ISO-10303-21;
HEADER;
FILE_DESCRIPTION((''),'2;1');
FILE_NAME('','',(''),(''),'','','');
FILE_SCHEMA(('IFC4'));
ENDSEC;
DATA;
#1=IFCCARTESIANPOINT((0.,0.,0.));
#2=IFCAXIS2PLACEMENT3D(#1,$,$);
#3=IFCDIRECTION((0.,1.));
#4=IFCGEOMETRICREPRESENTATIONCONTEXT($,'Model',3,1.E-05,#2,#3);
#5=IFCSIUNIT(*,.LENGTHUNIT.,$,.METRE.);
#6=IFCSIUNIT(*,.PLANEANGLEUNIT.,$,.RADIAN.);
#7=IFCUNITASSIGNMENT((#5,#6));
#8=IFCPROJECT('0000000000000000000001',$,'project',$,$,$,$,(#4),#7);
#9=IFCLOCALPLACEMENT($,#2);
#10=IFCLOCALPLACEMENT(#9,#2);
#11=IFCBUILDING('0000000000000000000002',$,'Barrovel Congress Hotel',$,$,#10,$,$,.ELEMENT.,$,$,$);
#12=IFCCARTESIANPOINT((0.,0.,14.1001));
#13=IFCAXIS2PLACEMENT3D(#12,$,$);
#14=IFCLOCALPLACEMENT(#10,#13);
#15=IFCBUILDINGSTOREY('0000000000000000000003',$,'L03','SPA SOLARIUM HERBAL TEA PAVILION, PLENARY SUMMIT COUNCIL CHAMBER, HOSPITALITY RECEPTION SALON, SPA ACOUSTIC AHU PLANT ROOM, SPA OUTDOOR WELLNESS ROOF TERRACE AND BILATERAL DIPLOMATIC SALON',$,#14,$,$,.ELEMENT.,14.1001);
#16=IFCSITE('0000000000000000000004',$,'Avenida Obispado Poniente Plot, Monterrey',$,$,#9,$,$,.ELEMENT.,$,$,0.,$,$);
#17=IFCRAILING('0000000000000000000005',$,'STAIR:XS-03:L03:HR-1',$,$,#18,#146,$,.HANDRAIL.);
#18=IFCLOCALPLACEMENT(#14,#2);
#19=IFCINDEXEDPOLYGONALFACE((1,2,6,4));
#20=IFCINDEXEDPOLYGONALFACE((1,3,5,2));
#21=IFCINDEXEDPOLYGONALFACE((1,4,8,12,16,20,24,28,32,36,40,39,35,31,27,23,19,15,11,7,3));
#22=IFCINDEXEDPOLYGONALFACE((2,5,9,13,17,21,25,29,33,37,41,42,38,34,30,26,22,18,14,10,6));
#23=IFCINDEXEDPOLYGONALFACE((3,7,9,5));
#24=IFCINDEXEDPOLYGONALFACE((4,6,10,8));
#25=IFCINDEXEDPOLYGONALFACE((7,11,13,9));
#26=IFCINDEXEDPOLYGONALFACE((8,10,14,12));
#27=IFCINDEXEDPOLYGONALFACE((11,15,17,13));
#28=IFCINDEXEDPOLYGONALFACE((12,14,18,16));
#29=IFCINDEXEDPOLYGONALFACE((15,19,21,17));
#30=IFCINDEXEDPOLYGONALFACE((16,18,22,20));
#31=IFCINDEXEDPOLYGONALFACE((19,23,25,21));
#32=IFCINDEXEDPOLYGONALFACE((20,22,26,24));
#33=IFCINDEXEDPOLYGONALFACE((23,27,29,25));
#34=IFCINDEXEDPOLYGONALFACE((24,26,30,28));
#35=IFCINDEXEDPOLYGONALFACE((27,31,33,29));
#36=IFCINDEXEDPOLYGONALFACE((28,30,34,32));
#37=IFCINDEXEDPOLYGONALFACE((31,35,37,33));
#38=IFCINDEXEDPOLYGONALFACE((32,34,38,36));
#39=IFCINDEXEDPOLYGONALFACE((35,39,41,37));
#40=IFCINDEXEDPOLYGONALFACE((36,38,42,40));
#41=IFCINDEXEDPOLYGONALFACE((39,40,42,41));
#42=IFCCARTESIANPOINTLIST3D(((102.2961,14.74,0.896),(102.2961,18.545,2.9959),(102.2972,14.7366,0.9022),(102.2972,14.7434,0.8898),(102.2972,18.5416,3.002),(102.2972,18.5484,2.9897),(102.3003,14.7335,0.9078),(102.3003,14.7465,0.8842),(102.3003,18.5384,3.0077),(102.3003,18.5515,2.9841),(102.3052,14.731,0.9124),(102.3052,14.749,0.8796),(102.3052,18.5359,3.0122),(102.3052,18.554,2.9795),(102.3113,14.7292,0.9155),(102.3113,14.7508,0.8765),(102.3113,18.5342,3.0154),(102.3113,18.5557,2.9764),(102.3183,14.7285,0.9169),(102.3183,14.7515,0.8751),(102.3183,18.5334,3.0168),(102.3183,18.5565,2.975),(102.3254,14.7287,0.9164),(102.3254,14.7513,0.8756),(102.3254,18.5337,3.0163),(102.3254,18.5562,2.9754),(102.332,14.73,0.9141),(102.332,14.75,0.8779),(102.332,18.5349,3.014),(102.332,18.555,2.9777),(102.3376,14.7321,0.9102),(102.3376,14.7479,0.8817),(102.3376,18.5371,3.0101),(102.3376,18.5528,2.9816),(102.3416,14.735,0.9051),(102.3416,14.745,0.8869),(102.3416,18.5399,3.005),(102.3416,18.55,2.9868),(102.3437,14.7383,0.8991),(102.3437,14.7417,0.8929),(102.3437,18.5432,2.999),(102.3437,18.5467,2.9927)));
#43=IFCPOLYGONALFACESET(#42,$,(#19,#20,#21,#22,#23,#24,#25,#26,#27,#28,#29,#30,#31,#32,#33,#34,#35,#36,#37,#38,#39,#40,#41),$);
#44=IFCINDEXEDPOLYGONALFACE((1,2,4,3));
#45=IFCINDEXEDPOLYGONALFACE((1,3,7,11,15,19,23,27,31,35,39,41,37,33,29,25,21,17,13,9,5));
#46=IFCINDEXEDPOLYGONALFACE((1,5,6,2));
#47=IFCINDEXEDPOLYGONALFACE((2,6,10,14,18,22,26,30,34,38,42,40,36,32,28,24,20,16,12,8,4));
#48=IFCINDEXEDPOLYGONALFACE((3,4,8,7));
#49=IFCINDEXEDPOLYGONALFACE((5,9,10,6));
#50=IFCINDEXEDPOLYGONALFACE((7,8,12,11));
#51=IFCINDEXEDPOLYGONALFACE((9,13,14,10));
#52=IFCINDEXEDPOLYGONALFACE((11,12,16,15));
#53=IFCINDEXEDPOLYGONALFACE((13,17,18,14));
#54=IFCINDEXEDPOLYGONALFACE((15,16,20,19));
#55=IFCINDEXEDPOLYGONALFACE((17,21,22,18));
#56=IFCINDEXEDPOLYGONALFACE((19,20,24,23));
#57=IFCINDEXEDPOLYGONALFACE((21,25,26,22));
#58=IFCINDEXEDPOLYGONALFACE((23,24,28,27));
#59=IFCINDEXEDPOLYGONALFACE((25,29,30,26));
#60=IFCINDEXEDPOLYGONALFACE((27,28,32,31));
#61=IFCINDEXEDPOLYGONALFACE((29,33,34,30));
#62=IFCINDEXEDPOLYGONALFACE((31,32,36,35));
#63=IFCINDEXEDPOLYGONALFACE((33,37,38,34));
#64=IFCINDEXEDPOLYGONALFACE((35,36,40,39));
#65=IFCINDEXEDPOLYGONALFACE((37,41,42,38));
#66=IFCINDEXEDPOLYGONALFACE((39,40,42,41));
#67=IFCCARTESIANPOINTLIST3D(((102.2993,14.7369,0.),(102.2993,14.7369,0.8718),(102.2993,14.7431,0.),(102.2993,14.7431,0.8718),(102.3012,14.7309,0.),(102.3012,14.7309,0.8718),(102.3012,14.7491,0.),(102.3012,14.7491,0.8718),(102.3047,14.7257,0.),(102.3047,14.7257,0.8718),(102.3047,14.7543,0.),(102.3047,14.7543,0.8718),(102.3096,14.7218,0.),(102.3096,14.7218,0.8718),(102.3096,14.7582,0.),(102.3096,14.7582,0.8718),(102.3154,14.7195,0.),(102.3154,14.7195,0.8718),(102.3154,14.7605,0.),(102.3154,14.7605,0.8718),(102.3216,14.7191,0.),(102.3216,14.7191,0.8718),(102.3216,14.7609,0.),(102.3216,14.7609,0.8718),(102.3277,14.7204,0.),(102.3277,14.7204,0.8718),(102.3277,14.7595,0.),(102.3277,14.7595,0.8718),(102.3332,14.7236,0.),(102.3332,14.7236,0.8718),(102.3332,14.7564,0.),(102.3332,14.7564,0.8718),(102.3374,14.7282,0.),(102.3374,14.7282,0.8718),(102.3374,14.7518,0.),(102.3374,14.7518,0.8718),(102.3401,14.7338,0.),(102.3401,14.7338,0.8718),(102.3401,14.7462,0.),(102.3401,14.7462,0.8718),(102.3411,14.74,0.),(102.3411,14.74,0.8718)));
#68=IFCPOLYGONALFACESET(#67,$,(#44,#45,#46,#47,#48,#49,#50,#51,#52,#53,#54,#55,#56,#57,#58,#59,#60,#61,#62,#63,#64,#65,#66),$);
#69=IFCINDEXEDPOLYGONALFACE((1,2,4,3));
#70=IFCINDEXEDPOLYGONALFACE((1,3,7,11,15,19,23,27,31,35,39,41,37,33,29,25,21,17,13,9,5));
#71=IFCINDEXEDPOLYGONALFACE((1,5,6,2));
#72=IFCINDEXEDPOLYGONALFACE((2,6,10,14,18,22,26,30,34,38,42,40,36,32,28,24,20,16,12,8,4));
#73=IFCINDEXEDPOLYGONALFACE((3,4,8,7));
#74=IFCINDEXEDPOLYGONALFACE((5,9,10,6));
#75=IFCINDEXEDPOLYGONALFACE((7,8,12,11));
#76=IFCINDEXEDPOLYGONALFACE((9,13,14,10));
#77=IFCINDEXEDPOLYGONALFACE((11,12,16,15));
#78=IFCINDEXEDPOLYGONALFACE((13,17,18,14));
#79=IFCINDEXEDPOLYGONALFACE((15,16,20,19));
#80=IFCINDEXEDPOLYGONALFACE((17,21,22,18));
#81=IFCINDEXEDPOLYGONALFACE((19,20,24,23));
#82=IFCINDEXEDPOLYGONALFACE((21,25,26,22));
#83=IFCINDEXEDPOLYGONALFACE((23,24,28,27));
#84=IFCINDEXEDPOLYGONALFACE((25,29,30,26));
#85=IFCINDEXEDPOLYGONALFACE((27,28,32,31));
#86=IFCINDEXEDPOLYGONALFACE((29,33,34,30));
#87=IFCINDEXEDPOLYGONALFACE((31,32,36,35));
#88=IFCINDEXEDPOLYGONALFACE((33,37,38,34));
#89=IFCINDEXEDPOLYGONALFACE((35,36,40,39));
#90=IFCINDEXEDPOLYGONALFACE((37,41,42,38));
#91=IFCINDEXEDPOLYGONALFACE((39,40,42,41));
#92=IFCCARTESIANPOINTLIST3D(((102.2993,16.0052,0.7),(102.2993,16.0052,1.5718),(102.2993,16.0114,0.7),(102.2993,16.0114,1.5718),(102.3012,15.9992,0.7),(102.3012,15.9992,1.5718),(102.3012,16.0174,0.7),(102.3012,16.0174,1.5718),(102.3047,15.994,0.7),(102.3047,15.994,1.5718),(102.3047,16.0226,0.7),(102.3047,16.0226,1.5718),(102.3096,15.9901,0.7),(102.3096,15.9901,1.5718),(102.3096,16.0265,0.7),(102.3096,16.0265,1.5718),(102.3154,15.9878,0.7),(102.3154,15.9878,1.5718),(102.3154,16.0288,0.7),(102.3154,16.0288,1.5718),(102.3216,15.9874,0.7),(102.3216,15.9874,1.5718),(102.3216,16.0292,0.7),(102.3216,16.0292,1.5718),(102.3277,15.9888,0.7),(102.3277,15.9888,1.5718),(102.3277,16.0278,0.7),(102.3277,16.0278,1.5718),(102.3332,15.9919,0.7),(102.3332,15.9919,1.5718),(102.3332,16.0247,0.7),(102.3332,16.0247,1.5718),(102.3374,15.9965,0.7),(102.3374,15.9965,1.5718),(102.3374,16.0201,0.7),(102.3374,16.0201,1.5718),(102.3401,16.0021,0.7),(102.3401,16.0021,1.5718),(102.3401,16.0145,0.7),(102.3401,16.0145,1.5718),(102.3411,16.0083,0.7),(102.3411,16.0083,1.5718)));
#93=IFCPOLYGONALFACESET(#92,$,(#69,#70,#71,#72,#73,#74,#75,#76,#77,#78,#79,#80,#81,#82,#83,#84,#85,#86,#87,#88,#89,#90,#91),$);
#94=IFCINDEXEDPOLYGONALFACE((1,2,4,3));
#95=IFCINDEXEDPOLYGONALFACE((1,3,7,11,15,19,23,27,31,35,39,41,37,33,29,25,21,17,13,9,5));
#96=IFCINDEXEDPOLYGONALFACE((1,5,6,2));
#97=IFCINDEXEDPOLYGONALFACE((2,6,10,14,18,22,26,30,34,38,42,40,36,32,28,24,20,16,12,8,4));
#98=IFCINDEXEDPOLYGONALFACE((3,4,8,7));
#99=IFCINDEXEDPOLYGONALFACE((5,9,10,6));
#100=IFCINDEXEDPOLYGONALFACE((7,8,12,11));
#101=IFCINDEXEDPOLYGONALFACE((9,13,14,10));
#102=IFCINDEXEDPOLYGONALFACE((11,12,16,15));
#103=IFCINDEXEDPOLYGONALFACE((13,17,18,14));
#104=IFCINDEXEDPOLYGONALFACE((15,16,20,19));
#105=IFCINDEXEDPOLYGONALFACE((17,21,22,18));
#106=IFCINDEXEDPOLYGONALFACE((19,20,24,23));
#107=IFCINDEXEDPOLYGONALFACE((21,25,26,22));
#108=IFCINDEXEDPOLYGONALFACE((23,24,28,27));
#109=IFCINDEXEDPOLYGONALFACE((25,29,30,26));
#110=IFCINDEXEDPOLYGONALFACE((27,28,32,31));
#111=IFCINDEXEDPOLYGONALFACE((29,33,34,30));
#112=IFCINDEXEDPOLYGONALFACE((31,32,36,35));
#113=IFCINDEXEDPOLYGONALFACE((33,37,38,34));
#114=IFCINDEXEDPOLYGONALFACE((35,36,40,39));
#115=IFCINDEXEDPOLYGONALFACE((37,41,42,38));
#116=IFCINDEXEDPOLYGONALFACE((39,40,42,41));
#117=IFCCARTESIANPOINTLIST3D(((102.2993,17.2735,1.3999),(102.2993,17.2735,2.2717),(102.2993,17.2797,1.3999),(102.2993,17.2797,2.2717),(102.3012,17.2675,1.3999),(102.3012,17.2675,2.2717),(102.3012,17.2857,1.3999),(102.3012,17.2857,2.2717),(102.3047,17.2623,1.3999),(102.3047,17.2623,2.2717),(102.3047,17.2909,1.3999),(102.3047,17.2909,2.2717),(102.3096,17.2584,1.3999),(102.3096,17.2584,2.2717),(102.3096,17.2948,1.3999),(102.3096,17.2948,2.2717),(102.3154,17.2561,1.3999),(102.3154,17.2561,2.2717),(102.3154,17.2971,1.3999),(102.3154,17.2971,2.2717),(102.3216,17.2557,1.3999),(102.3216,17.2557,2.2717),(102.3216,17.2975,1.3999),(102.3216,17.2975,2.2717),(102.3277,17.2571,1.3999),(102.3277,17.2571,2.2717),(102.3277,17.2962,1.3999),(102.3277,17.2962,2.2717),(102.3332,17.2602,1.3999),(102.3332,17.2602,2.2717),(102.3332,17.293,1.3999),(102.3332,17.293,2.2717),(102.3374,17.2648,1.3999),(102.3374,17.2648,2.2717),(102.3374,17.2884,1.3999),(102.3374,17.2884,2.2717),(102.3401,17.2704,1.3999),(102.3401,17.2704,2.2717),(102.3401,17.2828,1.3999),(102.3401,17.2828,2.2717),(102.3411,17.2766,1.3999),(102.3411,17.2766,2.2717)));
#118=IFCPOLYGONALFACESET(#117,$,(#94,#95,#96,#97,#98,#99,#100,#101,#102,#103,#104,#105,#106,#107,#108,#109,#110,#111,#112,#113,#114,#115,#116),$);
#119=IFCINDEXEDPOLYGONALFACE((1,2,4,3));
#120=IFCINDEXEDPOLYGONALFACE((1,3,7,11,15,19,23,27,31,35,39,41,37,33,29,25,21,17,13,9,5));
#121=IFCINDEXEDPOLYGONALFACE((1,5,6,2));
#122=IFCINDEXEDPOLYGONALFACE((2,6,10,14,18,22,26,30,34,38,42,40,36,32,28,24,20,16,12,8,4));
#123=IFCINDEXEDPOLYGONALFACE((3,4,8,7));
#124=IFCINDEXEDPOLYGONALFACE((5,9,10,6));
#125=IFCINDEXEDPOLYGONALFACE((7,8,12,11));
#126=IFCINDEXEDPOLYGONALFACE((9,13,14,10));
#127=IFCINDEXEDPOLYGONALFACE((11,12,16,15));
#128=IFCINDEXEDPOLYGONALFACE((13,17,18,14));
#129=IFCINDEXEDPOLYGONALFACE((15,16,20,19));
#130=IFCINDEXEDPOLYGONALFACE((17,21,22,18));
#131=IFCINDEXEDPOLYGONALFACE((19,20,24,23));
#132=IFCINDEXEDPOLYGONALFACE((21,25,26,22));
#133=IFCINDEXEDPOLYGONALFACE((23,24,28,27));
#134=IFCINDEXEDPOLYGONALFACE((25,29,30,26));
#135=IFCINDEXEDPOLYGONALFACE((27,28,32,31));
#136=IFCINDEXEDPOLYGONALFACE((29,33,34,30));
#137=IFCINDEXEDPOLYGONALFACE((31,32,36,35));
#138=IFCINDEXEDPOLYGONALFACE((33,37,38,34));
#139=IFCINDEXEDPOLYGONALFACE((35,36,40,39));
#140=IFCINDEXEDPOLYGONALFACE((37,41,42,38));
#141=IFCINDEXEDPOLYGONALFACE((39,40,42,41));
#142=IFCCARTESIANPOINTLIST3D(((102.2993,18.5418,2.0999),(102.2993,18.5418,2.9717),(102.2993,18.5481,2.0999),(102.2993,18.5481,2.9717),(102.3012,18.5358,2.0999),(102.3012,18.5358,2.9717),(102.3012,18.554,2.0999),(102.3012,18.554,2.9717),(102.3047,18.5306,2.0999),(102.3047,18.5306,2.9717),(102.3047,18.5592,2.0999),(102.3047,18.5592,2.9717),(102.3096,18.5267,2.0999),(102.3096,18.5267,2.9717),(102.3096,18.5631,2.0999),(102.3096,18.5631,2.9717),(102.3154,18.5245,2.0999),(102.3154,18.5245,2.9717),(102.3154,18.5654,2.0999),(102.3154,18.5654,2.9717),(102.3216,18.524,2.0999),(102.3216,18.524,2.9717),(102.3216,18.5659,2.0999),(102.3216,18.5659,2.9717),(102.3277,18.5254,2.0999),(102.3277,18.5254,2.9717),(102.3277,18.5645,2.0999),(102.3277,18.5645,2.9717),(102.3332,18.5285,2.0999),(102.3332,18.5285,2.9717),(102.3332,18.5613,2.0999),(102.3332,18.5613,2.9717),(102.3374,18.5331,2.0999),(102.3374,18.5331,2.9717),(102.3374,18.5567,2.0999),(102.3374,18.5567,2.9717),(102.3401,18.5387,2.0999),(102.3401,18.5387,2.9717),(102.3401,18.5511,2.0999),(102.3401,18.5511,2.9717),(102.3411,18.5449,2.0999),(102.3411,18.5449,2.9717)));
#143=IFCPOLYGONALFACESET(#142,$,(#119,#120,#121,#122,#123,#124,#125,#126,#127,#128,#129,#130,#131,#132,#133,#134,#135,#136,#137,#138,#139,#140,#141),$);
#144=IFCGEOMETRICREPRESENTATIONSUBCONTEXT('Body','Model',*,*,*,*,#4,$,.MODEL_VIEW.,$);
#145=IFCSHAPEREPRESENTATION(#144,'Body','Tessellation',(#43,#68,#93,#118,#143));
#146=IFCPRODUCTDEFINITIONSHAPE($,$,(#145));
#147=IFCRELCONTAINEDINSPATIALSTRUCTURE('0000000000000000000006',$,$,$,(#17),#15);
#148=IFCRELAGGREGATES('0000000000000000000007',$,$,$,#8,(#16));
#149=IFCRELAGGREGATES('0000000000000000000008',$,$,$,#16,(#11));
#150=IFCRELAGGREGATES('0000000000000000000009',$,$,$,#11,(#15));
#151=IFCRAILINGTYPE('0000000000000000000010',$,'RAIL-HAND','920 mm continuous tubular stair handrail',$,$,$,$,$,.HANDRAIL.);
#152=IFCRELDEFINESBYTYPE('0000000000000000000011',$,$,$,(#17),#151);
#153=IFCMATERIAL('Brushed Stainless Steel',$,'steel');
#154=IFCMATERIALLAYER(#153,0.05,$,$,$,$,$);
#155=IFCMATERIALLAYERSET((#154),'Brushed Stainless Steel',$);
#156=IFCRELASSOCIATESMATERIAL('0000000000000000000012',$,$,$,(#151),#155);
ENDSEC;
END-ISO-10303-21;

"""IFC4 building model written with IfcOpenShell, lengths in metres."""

from ifc_helpers import new_model, si_unit, direction, frame, origin, origin_2d, place, context, subcontext, project, spatial, circle, extrude, material, layer, layer_set, type_object, element, save


model = new_model("IFC4")

# Units and contexts
model_context = context("Model", 3, precision=1e-05, world=origin(), true_north=direction((0.0, 1.0)))
body_context = subcontext(model_context, "Body", "Model", "MODEL_VIEW")
ifc_project = project(units=[si_unit("LENGTHUNIT", "METRE"), si_unit("PLANEANGLEUNIT", "RADIAN")], contexts=[model_context])

# Site, building, storey
site_placement = place(None, origin())
site = spatial("IfcSite", under=ifc_project, at=site_placement, Name="Avenida Obispado Poniente Plot, Monterrey", CompositionType="ELEMENT", RefElevation=0.0)
building_placement = place(site_placement, origin())
building = spatial("IfcBuilding", under=site, at=building_placement, Name="Barrovel Congress Hotel", CompositionType="ELEMENT")
storey_placement = place(building_placement, frame((0.0, 0.0, 14.1001)))
storey = spatial("IfcBuildingStorey", under=building, at=storey_placement, Name="L03", Description="SPA SOLARIUM HERBAL TEA PAVILION, PLENARY SUMMIT COUNCIL CHAMBER, HOSPITALITY RECEPTION SALON, SPA ACOUSTIC AHU PLANT ROOM, SPA OUTDOOR WELLNESS ROOF TERRACE AND BILATERAL DIPLOMATIC SALON", CompositionType="ELEMENT", Elevation=14.1001)

# Railing
ifc_material_1 = material(Name="Brushed Stainless Steel", Category="steel")
ifc_layer_1 = layer(ifc_material_1, 0.05)
ifc_layer_set_1 = layer_set([ifc_layer_1], Name="Brushed Stainless Steel")
railing_type_1 = type_object("IfcRailingType", Name="RAIL-HAND", Description="920 mm continuous tubular stair handrail", PredefinedType="HANDRAIL", material=ifc_layer_set_1)
railing_1_placement = place(storey_placement, frame((102.3201, 14.74, 0.0)))
element("IfcRailing", 1, at=railing_1_placement, inside=storey, type_object=railing_type_1, Name="STAIR:XS-03:L03:HR-1", PredefinedType="HANDRAIL", context=body_context, shape_type="SweptSolid", body=[
    extrude(circle(Radius=0.0239, at=origin_2d()), frame((0.0, 0.0, 0.896), z_axis=(0.0, 0.875521, 0.48318), x_axis=(-1.0, 0.0, 0.0)), (0.0, 0.0, 1.0), 4.3459),
    extrude(circle(Radius=0.021, at=origin_2d()), origin(), (0.0, 0.0, 1.0), 0.8718),
    extrude(circle(Radius=0.021, at=origin_2d()), frame((0.0, 1.2683, 0.7)), (0.0, 0.0, 1.0), 0.8718),
    extrude(circle(Radius=0.021, at=origin_2d()), frame((0.0, 2.5366, 1.3999)), (0.0, 0.0, 1.0), 0.8718),
    extrude(circle(Radius=0.021, at=origin_2d()), frame((0.0, 3.8049, 2.0999)), (0.0, 0.0, 1.0), 0.8718),
])

save(model, "model.ifc")
